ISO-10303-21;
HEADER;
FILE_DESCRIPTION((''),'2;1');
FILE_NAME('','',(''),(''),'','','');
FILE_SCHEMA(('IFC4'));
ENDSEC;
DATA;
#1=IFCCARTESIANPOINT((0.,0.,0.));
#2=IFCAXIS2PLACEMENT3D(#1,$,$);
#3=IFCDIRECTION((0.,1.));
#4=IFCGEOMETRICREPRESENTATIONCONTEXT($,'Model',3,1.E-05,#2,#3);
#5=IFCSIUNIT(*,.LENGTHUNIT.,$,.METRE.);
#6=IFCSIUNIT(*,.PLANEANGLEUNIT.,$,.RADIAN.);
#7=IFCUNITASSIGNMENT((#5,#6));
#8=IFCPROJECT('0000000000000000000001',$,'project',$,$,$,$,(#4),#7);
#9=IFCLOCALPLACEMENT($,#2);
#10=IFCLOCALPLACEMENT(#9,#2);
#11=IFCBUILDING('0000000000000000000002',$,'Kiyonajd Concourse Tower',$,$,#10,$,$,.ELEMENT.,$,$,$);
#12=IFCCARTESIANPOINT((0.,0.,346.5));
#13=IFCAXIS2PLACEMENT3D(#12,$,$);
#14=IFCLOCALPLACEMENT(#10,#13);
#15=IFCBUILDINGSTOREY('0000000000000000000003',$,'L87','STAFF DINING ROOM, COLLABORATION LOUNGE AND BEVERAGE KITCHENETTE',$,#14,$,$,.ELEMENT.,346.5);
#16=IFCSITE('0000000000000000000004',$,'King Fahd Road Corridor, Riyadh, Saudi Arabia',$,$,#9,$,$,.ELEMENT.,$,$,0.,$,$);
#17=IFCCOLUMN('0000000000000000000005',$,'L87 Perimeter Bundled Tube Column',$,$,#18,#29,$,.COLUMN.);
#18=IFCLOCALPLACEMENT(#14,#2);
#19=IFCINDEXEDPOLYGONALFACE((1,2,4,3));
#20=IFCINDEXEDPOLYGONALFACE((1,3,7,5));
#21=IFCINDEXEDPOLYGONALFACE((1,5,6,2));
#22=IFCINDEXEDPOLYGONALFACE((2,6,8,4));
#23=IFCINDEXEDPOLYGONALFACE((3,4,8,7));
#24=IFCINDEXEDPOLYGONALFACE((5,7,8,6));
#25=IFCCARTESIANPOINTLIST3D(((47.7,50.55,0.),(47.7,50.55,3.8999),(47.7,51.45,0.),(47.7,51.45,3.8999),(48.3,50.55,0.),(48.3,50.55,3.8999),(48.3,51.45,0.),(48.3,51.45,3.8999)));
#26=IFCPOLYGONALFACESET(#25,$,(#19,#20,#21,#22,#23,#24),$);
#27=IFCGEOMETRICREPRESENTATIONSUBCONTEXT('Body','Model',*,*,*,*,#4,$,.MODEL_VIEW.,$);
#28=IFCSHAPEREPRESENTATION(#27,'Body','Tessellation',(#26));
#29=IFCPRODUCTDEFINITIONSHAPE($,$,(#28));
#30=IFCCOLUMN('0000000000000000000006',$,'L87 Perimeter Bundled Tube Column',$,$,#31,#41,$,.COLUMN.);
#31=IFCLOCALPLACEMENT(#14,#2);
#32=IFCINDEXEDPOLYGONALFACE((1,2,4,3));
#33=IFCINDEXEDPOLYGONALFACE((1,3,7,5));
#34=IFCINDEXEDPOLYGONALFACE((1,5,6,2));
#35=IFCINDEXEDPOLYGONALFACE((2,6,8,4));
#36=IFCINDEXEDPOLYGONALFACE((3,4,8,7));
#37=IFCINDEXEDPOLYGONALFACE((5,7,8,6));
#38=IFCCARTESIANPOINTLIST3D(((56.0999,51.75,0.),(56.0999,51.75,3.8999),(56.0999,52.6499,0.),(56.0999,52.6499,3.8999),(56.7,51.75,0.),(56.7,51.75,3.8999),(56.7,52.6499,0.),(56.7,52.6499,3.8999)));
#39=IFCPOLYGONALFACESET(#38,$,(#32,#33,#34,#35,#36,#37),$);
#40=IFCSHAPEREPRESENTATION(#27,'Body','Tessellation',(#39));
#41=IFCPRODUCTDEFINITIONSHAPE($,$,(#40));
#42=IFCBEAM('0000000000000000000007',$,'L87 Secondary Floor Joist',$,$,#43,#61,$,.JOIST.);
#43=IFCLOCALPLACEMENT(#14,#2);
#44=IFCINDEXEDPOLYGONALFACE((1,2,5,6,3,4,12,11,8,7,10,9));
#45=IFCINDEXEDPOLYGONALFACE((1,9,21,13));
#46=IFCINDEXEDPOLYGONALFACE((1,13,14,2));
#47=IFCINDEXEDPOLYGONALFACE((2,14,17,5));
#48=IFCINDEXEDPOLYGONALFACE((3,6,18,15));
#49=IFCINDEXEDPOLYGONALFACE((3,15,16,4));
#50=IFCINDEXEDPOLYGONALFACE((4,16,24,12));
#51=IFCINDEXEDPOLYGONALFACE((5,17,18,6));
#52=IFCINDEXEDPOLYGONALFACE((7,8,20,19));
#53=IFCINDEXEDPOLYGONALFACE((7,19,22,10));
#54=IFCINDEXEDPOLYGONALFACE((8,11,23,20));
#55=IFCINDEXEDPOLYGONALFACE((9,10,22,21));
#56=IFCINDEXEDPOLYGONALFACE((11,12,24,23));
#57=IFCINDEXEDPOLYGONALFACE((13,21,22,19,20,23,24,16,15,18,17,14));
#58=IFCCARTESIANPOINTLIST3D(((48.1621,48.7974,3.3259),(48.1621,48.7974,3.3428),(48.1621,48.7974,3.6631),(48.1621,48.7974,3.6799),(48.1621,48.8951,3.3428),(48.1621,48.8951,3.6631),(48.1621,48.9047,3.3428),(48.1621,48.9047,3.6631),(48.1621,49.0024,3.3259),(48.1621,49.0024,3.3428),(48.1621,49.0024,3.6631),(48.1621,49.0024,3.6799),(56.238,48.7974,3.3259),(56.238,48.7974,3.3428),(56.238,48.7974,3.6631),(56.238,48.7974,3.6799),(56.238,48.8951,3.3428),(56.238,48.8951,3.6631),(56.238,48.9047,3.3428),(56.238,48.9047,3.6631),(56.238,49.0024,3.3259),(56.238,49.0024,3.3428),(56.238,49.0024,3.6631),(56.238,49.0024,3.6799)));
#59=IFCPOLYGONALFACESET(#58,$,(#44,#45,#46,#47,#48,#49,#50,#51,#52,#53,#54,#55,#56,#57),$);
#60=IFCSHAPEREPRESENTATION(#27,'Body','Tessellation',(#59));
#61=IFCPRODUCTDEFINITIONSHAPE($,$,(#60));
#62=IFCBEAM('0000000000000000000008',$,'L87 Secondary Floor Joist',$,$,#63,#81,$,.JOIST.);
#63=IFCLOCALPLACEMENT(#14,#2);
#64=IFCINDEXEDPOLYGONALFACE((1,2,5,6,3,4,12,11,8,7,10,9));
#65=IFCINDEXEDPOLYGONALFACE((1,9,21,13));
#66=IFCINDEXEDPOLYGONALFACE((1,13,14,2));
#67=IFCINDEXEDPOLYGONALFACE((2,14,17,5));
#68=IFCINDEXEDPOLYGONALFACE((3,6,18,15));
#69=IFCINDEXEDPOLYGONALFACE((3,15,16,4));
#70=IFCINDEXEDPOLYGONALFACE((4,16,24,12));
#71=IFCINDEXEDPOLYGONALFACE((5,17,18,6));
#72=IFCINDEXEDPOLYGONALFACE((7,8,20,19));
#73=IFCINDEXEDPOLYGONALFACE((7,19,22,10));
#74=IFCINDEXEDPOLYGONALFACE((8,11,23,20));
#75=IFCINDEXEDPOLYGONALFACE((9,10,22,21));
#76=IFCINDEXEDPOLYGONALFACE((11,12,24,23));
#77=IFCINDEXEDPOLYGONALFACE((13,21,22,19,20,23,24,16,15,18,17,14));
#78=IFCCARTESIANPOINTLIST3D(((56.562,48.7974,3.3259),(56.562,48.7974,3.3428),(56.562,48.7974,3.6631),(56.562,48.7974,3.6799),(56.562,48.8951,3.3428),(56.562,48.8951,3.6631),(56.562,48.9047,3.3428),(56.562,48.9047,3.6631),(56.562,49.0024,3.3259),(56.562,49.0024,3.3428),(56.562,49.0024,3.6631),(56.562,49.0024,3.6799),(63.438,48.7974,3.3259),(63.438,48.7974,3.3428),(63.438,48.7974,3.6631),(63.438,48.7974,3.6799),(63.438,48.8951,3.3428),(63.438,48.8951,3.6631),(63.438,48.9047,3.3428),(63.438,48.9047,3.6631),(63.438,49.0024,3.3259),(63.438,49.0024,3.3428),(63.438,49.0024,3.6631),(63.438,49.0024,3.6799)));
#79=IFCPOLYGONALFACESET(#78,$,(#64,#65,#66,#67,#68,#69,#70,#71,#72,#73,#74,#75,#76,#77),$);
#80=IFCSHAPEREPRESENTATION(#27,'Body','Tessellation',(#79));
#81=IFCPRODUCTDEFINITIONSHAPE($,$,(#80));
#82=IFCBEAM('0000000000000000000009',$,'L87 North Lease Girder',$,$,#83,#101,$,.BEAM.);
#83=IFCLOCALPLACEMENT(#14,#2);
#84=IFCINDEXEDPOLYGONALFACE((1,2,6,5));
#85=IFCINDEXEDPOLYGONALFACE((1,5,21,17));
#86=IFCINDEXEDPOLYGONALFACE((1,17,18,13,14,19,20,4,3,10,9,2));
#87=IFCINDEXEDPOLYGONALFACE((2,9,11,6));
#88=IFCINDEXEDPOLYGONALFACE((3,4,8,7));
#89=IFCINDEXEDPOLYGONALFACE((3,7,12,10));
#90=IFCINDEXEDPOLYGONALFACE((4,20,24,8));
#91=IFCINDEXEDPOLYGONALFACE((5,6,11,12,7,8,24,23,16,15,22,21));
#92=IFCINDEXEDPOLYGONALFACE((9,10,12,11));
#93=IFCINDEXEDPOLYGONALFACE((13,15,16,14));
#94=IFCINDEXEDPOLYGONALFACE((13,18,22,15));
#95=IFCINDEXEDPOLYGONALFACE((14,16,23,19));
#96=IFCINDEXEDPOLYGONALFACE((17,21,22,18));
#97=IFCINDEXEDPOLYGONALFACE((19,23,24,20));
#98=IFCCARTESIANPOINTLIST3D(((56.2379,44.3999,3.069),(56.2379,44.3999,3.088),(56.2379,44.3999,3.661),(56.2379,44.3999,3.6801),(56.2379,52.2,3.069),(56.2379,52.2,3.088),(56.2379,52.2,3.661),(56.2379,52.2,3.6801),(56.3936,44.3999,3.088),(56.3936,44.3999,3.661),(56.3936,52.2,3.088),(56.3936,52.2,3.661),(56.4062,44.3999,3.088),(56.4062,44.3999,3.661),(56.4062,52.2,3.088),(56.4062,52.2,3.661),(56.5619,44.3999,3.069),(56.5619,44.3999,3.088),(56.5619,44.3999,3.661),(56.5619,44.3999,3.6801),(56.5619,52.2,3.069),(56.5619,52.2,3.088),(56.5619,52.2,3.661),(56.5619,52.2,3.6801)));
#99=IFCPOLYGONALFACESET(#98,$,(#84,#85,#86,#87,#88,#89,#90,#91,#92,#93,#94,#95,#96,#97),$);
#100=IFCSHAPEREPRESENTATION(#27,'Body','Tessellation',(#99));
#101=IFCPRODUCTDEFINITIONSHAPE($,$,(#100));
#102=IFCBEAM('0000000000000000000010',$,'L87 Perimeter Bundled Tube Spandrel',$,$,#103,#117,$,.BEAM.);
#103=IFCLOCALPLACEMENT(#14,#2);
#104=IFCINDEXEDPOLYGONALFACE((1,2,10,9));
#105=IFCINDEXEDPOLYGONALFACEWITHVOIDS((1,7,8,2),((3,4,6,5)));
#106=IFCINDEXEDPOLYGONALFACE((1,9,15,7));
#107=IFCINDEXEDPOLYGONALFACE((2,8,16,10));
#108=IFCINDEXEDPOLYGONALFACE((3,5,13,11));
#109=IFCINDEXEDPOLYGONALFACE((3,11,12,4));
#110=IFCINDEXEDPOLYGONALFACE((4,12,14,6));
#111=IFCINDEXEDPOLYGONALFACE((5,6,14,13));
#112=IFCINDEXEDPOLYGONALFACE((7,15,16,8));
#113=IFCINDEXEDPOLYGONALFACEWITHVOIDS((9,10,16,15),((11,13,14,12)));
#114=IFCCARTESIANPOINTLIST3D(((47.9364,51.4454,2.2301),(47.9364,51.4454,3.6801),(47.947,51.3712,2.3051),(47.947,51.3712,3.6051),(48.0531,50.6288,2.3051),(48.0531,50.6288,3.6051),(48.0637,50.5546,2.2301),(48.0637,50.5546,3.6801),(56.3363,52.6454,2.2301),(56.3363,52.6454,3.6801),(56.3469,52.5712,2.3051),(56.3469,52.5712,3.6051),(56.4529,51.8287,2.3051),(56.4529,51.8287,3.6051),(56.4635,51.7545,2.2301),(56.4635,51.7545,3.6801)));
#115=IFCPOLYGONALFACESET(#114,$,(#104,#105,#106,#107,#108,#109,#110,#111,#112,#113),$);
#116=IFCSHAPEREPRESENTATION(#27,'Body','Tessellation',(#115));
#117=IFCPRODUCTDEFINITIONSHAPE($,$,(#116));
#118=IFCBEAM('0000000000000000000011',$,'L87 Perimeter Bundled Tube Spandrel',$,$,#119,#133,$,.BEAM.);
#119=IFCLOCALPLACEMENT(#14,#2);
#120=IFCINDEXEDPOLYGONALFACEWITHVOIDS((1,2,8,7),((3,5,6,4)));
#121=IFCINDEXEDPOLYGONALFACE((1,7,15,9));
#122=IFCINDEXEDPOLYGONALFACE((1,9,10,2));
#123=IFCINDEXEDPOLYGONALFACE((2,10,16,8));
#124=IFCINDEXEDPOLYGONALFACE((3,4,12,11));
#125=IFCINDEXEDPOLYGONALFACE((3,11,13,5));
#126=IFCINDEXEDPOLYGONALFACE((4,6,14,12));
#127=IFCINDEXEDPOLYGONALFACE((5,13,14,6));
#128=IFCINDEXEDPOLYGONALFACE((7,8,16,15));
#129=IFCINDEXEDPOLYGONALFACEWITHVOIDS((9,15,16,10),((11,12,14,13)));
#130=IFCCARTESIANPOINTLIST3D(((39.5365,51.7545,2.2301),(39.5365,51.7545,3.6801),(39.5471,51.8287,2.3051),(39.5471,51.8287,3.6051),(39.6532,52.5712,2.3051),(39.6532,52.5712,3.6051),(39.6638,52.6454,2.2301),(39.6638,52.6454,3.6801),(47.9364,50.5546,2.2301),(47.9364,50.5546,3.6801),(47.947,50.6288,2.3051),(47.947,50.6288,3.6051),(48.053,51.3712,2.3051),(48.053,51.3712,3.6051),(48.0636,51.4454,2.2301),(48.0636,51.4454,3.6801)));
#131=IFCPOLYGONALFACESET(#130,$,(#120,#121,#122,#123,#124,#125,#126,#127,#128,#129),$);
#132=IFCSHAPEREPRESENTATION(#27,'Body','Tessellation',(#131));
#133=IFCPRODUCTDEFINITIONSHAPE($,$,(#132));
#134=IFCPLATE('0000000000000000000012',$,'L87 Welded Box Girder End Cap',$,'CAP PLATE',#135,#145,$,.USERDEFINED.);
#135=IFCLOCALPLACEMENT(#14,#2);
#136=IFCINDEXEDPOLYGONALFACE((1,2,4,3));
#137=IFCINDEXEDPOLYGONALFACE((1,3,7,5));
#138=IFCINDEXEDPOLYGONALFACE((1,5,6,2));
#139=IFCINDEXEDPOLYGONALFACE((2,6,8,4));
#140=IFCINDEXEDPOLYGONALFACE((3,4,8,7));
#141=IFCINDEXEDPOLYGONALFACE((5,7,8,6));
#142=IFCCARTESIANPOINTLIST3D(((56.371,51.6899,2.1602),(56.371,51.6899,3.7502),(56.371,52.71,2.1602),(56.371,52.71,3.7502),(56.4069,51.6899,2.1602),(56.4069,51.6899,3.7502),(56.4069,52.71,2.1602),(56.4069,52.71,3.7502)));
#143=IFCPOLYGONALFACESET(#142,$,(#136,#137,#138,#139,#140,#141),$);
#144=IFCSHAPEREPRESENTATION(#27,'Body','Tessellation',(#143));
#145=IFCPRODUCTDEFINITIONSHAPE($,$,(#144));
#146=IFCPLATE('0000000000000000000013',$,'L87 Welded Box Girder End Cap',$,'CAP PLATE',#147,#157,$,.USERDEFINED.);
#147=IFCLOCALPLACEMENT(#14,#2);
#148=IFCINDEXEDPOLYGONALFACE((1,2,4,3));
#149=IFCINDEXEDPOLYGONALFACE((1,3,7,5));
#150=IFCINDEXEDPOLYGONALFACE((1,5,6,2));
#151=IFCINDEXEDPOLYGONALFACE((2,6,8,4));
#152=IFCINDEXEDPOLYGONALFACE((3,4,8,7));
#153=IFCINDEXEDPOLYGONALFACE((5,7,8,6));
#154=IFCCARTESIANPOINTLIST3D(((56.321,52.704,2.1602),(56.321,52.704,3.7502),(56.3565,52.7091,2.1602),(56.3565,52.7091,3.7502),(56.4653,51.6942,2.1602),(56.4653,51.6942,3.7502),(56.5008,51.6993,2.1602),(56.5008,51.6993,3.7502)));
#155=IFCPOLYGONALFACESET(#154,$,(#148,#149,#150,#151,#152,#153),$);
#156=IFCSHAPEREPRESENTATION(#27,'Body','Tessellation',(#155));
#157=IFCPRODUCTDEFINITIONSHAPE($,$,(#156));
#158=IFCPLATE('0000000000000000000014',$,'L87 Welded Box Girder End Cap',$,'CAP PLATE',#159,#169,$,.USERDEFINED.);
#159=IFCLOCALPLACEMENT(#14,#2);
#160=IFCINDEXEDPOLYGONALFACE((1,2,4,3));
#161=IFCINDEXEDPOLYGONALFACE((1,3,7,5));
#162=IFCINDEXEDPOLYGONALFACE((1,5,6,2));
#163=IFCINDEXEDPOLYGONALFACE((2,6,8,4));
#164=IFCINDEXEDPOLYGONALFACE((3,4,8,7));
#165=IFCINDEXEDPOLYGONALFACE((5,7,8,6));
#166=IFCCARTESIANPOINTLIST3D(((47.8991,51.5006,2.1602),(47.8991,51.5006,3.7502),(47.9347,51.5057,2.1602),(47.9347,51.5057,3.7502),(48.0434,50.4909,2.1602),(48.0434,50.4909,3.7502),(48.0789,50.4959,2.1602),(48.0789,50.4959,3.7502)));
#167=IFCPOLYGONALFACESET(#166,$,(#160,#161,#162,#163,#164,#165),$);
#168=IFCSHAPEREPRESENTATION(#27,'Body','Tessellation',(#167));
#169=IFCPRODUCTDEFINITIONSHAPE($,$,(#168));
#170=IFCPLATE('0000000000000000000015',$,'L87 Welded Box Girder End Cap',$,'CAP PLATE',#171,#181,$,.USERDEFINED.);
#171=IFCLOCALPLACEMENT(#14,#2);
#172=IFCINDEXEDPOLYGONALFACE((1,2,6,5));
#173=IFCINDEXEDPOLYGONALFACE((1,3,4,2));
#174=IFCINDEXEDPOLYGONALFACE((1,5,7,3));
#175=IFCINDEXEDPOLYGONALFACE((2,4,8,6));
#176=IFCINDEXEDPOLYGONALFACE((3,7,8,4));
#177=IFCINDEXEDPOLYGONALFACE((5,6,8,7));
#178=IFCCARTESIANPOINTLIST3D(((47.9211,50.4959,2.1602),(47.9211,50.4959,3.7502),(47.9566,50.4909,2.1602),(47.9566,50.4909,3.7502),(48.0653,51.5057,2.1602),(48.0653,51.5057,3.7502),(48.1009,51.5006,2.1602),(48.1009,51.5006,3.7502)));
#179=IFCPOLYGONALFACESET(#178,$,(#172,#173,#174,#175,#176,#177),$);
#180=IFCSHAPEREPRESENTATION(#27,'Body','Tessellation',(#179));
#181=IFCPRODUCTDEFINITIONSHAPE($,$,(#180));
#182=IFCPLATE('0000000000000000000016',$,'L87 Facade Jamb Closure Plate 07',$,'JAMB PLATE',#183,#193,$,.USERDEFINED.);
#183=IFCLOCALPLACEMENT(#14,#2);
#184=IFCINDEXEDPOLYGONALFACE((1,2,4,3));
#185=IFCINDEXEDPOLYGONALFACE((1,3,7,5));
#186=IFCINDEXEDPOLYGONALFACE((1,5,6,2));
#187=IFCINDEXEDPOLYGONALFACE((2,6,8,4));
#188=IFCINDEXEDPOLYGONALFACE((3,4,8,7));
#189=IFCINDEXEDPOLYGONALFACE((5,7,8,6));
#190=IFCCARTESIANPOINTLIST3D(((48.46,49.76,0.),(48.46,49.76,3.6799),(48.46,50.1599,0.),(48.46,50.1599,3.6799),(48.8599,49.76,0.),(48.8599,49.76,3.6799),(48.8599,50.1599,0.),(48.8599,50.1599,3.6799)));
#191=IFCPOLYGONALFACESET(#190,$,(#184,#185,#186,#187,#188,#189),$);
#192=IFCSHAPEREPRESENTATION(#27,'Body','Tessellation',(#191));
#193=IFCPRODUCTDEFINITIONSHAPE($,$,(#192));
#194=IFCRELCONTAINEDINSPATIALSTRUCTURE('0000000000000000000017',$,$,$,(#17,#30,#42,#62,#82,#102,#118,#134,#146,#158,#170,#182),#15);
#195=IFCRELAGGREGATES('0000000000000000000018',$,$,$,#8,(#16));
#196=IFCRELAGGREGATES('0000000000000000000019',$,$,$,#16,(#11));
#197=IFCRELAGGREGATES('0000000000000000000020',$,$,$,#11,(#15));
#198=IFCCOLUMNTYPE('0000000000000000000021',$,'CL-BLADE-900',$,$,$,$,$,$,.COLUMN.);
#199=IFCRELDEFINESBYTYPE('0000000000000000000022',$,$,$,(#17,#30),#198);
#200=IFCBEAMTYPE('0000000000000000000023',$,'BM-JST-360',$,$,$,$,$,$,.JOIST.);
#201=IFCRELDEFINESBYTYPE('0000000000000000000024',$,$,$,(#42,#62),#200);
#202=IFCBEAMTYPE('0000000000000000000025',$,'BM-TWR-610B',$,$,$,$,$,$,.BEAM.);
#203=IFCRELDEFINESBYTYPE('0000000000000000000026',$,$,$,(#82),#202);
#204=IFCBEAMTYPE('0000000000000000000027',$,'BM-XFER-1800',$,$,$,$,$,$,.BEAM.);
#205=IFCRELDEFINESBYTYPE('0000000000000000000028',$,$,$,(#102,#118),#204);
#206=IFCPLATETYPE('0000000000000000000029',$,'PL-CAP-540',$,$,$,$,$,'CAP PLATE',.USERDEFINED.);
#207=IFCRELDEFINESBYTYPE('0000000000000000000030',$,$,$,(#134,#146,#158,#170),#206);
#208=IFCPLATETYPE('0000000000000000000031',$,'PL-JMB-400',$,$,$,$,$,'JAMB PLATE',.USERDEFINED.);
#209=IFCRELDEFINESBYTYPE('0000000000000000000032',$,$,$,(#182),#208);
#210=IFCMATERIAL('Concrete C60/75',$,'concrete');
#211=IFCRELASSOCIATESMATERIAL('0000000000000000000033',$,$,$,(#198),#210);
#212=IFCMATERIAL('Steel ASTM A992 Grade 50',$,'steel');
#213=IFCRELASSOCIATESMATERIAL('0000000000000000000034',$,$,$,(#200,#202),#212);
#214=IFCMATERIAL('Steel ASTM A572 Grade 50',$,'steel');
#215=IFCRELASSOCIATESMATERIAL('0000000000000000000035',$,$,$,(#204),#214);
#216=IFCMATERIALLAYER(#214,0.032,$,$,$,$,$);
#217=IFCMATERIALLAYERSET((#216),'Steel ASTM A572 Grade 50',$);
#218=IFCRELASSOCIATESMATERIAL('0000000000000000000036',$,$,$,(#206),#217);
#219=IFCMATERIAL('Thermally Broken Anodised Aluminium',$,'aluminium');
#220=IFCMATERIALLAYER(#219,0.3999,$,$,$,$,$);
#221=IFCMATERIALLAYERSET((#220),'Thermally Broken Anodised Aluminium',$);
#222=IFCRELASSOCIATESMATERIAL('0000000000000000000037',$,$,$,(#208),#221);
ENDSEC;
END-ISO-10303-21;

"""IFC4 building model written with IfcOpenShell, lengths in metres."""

from ifc_helpers import new_model, si_unit, direction, frame, origin, origin_2d, place, context, subcontext, project, spatial, rectangle, hollow_rectangle, i_section, extrude, material, layer, layer_set, material_profile, profile_set, type_object, element, save


model = new_model("IFC4")

# Units and contexts
model_context = context("Model", 3, precision=1e-05, world=origin(), true_north=direction((0.0, 1.0)))
body_context = subcontext(model_context, "Body", "Model", "MODEL_VIEW")
ifc_project = project(units=[si_unit("LENGTHUNIT", "METRE"), si_unit("PLANEANGLEUNIT", "RADIAN")], contexts=[model_context])

# Site, building, storey
site_placement = place(None, origin())
site = spatial("IfcSite", under=ifc_project, at=site_placement, Name="King Fahd Road Corridor, Riyadh, Saudi Arabia", CompositionType="ELEMENT", RefElevation=0.0)
building_placement = place(site_placement, origin())
building = spatial("IfcBuilding", under=site, at=building_placement, Name="Kiyonajd Concourse Tower", CompositionType="ELEMENT")
storey_placement = place(building_placement, frame((0.0, 0.0, 346.5)))
storey = spatial("IfcBuildingStorey", under=building, at=storey_placement, Name="L87", Description="STAFF DINING ROOM, COLLABORATION LOUNGE AND BEVERAGE KITCHENETTE", CompositionType="ELEMENT", Elevation=346.5)

# Columns
ifc_material_1 = material(Name="Concrete C60/75", Category="concrete")
ifc_material_profile_1 = material_profile(ifc_material_1, rectangle(XDim=0.6001, YDim=0.8999, at=origin_2d()), Name="RC-900x600")
ifc_profile_set_1 = profile_set([ifc_material_profile_1], Name="Concrete C60/75")
column_type = type_object("IfcColumnType", Name="CL-BLADE-900", PredefinedType="COLUMN", material=ifc_profile_set_1)
for number, where, z_axis, x_axis, name in (
    (1, (48.0, 51.0, 0.0), (0.0, 0.0, 1.0), (1.0, 0.0, 0.0), "L87 Perimeter Bundled Tube Column"),
    (2, (56.3999, 52.2, 0.0), (0.0, 0.0, 1.0), (1.0, 0.0, 0.0), "L87 Perimeter Bundled Tube Column"),
):
    element("IfcColumn", number, at=place(storey_placement, frame(where, z_axis=z_axis, x_axis=x_axis)), inside=storey, type_object=column_type, Name=name, PredefinedType="COLUMN", context=body_context, shape_type="SweptSolid", body=[
        extrude(rectangle(XDim=0.6001, YDim=0.8999, at=origin_2d()), origin(), (0.0, 0.0, 1.0), 3.8999),
    ])

# Beams
ifc_material_2 = material(Name="Steel ASTM A992 Grade 50", Category="steel")
ifc_material_profile_2 = material_profile(ifc_material_2, i_section(OverallWidth=0.2051, OverallDepth=0.354, WebThickness=0.0095, FlangeThickness=0.0168, at=origin_2d()), Name="W360X79")
ifc_profile_set_2 = profile_set([ifc_material_profile_2], Name="Steel ASTM A992 Grade 50")
beam_type_1 = type_object("IfcBeamType", Name="BM-JST-360", PredefinedType="JOIST", material=ifc_profile_set_2)
beam_1_placement = place(storey_placement, frame((48.1621, 48.8999, 3.5029), z_axis=(1.0, 0.0, 0.0), x_axis=(0.0, 1.0, 0.0)))
element("IfcBeam", 3, at=beam_1_placement, inside=storey, type_object=beam_type_1, Name="L87 Secondary Floor Joist", PredefinedType="JOIST", context=body_context, shape_type="SweptSolid", body=[
    extrude(i_section(OverallWidth=0.2051, OverallDepth=0.354, WebThickness=0.0095, FlangeThickness=0.0168, at=origin_2d()), origin(), (0.0, 0.0, 1.0), 8.0759),
])
beam_2_placement = place(storey_placement, frame((56.562, 48.8999, 3.5029), z_axis=(1.0, 0.0, 0.0), x_axis=(0.0, 1.0, 0.0)))
element("IfcBeam", 4, at=beam_2_placement, inside=storey, type_object=beam_type_1, Name="L87 Secondary Floor Joist", PredefinedType="JOIST", context=body_context, shape_type="SweptSolid", body=[
    extrude(i_section(OverallWidth=0.2051, OverallDepth=0.354, WebThickness=0.0095, FlangeThickness=0.0168, at=origin_2d()), origin(), (0.0, 0.0, 1.0), 6.876),
])
ifc_material_profile_3 = material_profile(ifc_material_2, i_section(OverallWidth=0.324, OverallDepth=0.6111, WebThickness=0.0127, FlangeThickness=0.019, at=origin_2d()), Name="W610X155")
ifc_profile_set_3 = profile_set([ifc_material_profile_3], Name="Steel ASTM A992 Grade 50")
beam_type_2 = type_object("IfcBeamType", Name="BM-TWR-610B", PredefinedType="BEAM", material=ifc_profile_set_3)
beam_3_placement = place(storey_placement, frame((56.3999, 44.3999, 3.3745), z_axis=(0.0, 1.0, 0.0), x_axis=(-1.0, 0.0, 0.0)))
element("IfcBeam", 5, at=beam_3_placement, inside=storey, type_object=beam_type_2, Name="L87 North Lease Girder", PredefinedType="BEAM", context=body_context, shape_type="SweptSolid", body=[
    extrude(i_section(OverallWidth=0.324, OverallDepth=0.6111, WebThickness=0.0127, FlangeThickness=0.019, at=origin_2d()), origin(), (0.0, 0.0, 1.0), 7.8),
])
ifc_material_3 = material(Name="Steel ASTM A572 Grade 50", Category="steel")
ifc_material_profile_4 = material_profile(ifc_material_3, hollow_rectangle(XDim=0.8999, YDim=1.45, WallThickness=0.075, at=origin_2d()), Name="BOX-1450x900x75")
ifc_profile_set_4 = profile_set([ifc_material_profile_4], Name="Steel ASTM A572 Grade 50")
beam_type_3 = type_object("IfcBeamType", Name="BM-XFER-1800", PredefinedType="BEAM", material=ifc_profile_set_4)
for number, where, z_axis, x_axis, name in (
    (6, (56.3999, 52.2, 2.9551), (-0.98995, -0.141417, 0.0), (0.141417, -0.98995, 0.0), "L87 Perimeter Bundled Tube Spandrel"),
    (7, (48.0, 51.0, 2.9551), (-0.98995, 0.141417, 0.0), (-0.141417, -0.98995, 0.0), "L87 Perimeter Bundled Tube Spandrel"),
):
    element("IfcBeam", number, at=place(storey_placement, frame(where, z_axis=z_axis, x_axis=x_axis)), inside=storey, type_object=beam_type_3, Name=name, PredefinedType="BEAM", context=body_context, shape_type="SweptSolid", body=[
        extrude(hollow_rectangle(XDim=0.8999, YDim=1.45, WallThickness=0.075, at=origin_2d()), origin(), (0.0, 0.0, 1.0), 8.4851),
    ])

# Plates
ifc_layer_1 = layer(ifc_material_3, 0.032)
ifc_layer_set_1 = layer_set([ifc_layer_1], Name="Steel ASTM A572 Grade 50")
plate_type_1 = type_object("IfcPlateType", Name="PL-CAP-540", ElementType="CAP PLATE", PredefinedType="USERDEFINED", material=ifc_layer_set_1)
for number, where, z_axis, x_axis, name in (
    (8, (56.3889, 52.2, 2.1602), (0.0, 0.0, 1.0), (-1.0, 0.0, 0.0), "L87 Welded Box Girder End Cap"),
    (9, (56.4109, 52.2017, 2.1602), (0.0, 0.0, 1.0), (0.98995, 0.14142, 0.0), "L87 Welded Box Girder End Cap"),
    (10, (47.989, 50.9983, 2.1602), (0.0, 0.0, 1.0), (-0.98995, -0.14142, 0.0), "L87 Welded Box Girder End Cap"),
    (11, (48.011, 50.9983, 2.1602), (0.0, 0.0, 1.0), (0.98995, -0.14142, 0.0), "L87 Welded Box Girder End Cap"),
):
    element("IfcPlate", number, at=place(storey_placement, frame(where, z_axis=z_axis, x_axis=x_axis)), inside=storey, type_object=plate_type_1, Name=name, ObjectType="CAP PLATE", PredefinedType="USERDEFINED", context=body_context, shape_type="SweptSolid", body=[
        extrude(rectangle(XDim=0.0359, YDim=1.02, at=origin_2d()), origin(), (0.0, 0.0, 1.0), 1.5901),
    ])
ifc_material_4 = material(Name="Thermally Broken Anodised Aluminium", Category="aluminium")
ifc_layer_2 = layer(ifc_material_4, 0.3999)
ifc_layer_set_2 = layer_set([ifc_layer_2], Name="Thermally Broken Anodised Aluminium")
plate_type_2 = type_object("IfcPlateType", Name="PL-JMB-400", ElementType="JAMB PLATE", PredefinedType="USERDEFINED", material=ifc_layer_set_2)
for number, where, z_axis, x_axis, name in (
    (12, (48.6599, 49.96, 0.0), (0.0, 0.0, 1.0), (1.0, 0.0, 0.0), "L87 Facade Jamb Closure Plate 07"),
):
    element("IfcPlate", number, at=place(storey_placement, frame(where, z_axis=z_axis, x_axis=x_axis)), inside=storey, type_object=plate_type_2, Name=name, ObjectType="JAMB PLATE", PredefinedType="USERDEFINED", context=body_context, shape_type="SweptSolid", body=[
        extrude(rectangle(XDim=0.3999, YDim=0.3999, at=origin_2d()), origin(), (0.0, 0.0, 1.0), 3.6799),
    ])

save(model, "model.ifc")
